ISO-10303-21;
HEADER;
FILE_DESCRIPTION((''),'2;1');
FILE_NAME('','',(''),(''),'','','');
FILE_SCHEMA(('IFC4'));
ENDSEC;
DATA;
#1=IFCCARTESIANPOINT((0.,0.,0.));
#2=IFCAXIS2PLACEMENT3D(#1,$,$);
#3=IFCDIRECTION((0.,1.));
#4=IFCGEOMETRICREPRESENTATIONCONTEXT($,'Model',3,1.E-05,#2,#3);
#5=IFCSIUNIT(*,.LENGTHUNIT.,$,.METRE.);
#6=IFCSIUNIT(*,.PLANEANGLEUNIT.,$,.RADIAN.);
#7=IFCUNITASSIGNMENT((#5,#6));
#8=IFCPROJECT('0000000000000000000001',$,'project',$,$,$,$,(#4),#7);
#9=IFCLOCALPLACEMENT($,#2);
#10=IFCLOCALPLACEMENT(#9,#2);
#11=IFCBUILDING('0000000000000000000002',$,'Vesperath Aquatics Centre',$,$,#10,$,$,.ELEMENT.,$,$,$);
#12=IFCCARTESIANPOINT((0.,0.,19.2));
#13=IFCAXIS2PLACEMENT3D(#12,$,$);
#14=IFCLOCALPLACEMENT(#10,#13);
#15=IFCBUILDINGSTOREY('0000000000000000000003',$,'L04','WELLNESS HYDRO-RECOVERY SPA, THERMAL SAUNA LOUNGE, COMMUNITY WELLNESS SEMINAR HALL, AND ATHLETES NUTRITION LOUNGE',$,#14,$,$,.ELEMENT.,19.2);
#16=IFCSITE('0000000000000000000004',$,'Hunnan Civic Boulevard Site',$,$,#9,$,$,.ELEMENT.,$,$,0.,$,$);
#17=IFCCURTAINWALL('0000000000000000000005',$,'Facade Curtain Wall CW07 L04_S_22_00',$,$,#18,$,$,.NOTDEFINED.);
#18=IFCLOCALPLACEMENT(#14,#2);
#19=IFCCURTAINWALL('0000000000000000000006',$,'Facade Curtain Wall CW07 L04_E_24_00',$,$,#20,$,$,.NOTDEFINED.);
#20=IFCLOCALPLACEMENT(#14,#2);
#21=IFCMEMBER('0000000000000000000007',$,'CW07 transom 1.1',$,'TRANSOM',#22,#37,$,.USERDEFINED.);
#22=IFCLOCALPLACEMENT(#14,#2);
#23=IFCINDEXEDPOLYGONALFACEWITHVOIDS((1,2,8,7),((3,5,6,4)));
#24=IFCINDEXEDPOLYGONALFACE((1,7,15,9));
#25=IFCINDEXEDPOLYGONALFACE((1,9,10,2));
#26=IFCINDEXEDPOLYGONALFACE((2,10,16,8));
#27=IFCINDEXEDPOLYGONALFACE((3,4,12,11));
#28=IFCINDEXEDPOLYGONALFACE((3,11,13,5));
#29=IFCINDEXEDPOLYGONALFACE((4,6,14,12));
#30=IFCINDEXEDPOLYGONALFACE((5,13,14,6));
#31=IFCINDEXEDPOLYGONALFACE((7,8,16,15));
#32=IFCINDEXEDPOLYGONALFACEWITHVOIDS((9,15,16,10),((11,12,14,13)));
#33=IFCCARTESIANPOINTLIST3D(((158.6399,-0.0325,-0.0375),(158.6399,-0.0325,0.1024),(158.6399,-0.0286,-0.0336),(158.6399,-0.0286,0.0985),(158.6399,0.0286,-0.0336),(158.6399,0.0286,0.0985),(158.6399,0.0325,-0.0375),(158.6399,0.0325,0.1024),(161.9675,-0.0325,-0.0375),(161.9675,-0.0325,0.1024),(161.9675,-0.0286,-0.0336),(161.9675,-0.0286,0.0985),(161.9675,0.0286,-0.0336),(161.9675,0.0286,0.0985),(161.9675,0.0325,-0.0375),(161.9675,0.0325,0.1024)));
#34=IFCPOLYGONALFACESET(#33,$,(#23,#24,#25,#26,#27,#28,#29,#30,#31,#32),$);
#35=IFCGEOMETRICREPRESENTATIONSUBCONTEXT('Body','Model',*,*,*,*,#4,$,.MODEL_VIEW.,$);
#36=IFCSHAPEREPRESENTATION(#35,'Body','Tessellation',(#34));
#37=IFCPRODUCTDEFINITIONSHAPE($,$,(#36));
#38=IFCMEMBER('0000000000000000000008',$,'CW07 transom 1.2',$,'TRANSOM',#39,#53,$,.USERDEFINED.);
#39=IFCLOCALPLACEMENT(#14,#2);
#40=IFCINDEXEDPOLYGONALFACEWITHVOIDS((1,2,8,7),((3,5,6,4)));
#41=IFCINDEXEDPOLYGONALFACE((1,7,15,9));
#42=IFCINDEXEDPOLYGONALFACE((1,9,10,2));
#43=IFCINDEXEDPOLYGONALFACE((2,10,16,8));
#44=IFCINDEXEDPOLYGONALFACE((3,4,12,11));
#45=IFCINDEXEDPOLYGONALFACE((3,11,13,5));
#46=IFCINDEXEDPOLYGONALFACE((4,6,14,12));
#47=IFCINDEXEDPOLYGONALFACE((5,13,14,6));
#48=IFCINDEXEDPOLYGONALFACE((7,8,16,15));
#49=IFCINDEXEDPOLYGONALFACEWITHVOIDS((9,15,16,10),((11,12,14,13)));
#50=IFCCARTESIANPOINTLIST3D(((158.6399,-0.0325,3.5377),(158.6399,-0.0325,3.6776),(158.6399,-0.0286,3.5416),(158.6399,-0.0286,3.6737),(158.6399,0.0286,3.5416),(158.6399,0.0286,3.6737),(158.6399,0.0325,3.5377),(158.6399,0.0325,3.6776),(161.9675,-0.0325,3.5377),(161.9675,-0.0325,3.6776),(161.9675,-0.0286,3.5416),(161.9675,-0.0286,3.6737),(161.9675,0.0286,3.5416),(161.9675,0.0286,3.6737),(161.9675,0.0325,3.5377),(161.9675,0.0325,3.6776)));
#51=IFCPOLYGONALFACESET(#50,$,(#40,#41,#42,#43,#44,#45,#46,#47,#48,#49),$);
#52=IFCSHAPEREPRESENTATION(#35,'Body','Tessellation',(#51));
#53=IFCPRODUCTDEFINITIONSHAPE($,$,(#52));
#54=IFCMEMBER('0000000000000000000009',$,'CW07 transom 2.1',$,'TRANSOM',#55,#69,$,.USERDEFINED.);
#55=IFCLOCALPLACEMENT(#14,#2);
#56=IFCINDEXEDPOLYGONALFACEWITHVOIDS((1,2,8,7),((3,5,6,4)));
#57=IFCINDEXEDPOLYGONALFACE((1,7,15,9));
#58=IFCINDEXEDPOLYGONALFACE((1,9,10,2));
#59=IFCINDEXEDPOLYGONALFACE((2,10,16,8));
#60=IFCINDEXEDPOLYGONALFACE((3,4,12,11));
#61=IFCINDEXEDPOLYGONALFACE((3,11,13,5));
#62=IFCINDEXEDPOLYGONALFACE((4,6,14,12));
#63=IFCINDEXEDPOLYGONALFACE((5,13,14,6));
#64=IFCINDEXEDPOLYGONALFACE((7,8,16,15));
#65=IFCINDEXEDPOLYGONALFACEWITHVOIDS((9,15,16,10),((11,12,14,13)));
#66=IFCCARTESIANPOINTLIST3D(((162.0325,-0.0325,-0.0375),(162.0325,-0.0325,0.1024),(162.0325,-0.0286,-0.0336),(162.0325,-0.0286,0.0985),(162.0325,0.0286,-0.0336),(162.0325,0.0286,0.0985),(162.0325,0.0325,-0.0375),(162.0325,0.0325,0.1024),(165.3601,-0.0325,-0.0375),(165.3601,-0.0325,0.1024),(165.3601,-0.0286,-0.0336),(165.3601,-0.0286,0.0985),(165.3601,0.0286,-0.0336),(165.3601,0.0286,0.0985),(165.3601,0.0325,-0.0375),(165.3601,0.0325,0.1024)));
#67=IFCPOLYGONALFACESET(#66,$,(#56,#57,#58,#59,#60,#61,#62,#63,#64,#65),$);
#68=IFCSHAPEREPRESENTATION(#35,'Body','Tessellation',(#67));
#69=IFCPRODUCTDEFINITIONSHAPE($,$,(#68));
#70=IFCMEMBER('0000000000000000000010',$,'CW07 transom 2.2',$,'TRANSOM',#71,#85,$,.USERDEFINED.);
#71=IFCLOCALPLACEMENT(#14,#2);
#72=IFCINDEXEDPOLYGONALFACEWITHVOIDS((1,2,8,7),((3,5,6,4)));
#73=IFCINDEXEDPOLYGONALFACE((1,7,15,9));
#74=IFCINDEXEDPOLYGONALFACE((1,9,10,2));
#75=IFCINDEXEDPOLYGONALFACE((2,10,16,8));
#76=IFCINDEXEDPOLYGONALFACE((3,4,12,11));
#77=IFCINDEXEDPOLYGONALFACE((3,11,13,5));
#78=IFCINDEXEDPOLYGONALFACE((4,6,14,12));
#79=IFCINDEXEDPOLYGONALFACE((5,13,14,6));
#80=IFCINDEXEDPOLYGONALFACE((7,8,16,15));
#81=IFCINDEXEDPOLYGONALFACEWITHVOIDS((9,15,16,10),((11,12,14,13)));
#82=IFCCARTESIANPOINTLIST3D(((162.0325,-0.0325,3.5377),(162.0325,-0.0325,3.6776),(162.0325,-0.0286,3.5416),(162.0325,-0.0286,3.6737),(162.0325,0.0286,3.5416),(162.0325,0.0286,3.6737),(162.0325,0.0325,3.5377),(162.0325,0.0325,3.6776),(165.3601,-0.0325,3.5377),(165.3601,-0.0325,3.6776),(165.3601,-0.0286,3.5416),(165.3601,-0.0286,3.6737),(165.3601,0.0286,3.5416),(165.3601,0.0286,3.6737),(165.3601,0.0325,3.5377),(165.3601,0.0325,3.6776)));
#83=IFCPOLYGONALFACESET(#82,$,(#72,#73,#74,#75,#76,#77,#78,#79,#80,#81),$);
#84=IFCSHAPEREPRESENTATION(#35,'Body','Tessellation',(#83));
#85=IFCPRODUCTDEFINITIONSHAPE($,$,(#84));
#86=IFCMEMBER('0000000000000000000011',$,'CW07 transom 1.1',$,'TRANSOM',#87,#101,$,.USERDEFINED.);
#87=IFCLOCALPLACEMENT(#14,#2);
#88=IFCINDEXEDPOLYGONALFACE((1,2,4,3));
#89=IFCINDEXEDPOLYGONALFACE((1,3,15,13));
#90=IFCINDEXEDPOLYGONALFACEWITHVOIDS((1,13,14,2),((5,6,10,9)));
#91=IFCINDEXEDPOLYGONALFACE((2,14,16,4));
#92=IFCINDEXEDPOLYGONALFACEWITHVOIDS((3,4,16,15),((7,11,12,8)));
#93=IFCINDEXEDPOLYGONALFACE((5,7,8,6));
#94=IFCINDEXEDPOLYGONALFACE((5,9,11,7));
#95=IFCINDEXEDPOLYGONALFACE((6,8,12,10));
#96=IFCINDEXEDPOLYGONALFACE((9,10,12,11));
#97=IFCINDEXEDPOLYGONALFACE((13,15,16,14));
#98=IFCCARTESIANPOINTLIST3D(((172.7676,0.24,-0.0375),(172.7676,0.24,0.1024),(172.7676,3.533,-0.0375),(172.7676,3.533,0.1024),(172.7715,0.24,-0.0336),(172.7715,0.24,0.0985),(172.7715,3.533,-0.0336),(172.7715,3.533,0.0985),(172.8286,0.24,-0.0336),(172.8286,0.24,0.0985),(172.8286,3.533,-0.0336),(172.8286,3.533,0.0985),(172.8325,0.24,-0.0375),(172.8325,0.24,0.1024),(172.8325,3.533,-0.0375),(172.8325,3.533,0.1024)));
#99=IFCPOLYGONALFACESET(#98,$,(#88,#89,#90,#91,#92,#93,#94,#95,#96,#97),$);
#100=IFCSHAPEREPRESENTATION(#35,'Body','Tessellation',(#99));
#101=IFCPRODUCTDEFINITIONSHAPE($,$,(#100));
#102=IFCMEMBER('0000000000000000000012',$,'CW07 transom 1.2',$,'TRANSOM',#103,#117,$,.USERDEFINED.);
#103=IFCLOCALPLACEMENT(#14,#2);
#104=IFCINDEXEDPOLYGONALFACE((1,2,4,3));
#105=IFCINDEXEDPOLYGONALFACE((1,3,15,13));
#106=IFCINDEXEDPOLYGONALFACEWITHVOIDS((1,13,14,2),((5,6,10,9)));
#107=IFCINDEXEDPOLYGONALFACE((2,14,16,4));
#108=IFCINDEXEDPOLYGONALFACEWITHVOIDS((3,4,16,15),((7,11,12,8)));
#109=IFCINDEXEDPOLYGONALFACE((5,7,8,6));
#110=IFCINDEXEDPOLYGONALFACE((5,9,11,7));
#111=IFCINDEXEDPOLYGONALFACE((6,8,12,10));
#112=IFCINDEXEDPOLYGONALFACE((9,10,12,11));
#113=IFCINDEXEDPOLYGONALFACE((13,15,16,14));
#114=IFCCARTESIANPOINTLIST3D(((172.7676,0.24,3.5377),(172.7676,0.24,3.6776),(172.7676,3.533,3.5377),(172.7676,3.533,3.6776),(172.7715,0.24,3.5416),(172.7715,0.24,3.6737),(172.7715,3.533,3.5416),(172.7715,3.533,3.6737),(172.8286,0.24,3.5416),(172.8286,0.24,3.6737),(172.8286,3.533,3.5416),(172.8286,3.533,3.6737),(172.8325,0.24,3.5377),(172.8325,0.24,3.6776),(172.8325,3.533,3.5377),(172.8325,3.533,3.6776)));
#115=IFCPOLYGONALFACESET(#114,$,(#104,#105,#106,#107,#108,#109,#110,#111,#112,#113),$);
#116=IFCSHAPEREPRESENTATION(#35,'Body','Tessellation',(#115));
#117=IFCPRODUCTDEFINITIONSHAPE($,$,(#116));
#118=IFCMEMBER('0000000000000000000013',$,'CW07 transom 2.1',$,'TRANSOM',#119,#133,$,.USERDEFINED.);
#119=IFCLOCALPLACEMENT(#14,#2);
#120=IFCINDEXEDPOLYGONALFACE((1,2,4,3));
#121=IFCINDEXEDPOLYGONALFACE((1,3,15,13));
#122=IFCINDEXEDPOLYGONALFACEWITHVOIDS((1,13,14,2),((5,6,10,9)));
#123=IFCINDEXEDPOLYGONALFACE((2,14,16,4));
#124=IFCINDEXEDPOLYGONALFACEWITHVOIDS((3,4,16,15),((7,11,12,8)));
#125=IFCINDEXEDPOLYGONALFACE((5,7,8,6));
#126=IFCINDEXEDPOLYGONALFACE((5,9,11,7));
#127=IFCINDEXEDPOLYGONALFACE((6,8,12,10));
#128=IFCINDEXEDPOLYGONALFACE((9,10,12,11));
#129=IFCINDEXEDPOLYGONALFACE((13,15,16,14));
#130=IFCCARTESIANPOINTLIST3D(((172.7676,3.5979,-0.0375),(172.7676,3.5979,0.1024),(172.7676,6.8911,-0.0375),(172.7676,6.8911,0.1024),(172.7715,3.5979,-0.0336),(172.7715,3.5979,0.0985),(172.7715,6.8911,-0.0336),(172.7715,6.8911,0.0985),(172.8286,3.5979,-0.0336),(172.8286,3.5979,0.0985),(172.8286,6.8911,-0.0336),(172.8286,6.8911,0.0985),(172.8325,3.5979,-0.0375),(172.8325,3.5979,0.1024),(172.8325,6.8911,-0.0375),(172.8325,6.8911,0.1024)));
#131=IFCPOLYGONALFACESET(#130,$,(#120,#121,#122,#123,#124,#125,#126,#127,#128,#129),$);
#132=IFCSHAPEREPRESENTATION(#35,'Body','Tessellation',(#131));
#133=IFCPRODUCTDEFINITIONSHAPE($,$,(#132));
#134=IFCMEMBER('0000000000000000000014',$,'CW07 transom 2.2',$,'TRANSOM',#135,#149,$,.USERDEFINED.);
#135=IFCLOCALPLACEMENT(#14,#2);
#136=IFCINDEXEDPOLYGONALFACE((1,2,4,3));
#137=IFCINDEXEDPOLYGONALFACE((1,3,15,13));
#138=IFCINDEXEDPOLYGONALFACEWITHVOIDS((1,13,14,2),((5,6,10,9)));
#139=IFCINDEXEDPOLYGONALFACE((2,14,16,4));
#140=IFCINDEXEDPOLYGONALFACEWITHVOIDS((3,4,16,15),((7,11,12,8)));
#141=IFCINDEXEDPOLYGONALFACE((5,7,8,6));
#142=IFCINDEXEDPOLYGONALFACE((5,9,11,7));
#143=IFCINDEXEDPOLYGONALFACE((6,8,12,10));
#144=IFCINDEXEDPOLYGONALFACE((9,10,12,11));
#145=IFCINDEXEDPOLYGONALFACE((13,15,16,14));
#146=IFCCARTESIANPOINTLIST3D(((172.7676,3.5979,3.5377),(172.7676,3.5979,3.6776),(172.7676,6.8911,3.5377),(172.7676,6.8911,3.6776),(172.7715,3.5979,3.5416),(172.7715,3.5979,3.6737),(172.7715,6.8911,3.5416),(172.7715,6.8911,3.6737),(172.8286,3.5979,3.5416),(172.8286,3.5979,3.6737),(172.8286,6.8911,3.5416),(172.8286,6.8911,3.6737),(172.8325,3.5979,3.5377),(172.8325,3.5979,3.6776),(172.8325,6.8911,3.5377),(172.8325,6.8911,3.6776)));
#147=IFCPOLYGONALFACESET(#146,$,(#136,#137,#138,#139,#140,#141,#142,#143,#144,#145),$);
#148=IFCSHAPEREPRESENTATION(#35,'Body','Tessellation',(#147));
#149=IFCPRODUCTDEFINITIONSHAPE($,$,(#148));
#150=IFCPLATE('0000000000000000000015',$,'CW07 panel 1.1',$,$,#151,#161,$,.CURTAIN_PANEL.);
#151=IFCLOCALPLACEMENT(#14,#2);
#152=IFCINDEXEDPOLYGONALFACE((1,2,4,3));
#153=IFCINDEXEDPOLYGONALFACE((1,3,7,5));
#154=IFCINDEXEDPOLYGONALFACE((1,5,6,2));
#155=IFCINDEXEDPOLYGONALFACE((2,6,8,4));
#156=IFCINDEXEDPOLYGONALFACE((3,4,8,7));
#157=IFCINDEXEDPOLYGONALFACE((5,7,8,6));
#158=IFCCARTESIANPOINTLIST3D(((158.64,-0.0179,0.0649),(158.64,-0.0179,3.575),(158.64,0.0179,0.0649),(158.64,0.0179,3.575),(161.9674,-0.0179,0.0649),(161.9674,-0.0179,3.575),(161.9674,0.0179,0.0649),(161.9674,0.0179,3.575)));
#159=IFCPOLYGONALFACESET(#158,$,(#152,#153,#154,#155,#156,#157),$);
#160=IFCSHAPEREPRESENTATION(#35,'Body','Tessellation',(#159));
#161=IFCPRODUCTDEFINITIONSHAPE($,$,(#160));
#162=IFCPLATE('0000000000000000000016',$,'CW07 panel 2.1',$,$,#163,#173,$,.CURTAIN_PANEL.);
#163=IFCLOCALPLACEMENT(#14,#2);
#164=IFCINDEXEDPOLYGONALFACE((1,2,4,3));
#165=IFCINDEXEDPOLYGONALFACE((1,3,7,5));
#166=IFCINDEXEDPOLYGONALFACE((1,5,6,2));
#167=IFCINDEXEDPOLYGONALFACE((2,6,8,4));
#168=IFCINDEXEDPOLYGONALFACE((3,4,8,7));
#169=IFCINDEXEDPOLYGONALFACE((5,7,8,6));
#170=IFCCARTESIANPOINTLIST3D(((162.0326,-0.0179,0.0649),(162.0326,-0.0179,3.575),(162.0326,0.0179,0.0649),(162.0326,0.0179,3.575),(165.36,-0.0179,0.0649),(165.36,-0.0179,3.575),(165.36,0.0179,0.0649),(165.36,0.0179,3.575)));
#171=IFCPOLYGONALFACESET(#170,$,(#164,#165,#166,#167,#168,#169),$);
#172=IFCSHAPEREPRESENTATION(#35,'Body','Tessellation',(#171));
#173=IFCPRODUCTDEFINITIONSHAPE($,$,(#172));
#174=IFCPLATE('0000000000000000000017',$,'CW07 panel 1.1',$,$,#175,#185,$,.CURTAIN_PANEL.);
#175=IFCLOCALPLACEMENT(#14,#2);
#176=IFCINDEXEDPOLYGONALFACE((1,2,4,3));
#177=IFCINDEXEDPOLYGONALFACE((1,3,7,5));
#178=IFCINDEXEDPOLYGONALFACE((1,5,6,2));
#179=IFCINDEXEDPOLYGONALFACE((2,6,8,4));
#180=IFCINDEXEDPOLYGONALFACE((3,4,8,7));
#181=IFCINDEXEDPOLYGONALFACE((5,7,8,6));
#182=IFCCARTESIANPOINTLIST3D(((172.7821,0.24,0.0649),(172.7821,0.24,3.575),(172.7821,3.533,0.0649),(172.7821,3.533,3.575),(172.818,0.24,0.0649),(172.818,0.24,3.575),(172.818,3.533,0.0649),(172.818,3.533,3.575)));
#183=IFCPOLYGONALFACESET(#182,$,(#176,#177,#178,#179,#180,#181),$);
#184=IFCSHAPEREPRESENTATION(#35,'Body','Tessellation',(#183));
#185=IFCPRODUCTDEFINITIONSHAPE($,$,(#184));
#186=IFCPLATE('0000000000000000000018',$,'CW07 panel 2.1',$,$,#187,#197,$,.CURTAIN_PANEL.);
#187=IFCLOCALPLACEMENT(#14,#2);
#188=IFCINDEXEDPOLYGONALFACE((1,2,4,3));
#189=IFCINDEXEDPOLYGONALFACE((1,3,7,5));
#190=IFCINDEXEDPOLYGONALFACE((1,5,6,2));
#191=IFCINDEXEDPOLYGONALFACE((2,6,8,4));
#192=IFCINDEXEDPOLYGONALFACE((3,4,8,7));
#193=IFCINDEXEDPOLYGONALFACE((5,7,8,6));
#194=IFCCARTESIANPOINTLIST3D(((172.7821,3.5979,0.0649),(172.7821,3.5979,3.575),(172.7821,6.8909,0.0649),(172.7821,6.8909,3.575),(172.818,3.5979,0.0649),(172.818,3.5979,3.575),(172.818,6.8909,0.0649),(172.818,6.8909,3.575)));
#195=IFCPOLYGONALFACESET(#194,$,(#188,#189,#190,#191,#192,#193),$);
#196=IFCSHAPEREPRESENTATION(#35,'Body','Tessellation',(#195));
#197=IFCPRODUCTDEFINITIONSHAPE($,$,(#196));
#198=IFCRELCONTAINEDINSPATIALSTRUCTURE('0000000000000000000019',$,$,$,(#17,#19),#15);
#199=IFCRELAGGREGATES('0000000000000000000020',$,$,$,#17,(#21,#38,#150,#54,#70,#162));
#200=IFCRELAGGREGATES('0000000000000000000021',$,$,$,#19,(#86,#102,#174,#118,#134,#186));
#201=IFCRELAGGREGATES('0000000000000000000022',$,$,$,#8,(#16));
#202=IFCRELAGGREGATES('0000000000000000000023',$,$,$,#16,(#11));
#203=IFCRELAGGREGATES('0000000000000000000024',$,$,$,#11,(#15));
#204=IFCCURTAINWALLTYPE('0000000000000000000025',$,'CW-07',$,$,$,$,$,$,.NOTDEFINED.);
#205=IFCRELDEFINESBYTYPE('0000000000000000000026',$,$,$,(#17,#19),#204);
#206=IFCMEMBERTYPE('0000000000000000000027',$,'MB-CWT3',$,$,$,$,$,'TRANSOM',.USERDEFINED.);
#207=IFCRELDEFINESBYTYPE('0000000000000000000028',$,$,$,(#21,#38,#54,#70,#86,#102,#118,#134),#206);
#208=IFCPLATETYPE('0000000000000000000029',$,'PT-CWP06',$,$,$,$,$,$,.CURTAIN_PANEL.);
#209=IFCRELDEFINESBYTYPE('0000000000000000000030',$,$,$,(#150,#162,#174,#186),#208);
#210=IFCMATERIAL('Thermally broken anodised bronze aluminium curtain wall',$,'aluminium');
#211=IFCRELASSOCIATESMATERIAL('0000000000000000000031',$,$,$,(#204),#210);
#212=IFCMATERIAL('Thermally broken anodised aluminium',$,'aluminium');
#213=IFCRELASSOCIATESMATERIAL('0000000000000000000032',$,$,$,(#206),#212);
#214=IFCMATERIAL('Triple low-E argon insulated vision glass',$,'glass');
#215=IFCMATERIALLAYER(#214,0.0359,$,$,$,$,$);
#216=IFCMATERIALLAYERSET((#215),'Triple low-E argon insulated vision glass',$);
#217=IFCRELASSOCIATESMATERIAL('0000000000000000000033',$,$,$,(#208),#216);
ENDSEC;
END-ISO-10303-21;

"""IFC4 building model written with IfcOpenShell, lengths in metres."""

from ifc_helpers import new_model, si_unit, direction, frame, origin, origin_2d, place, context, subcontext, project, spatial, rectangle, hollow_rectangle, extrude, material, layer, layer_set, material_profile, profile_set, type_object, element, aggregate, save


model = new_model("IFC4")

# Units and contexts
model_context = context("Model", 3, precision=1e-05, world=origin(), true_north=direction((0.0, 1.0)))
body_context = subcontext(model_context, "Body", "Model", "MODEL_VIEW")
ifc_project = project(units=[si_unit("LENGTHUNIT", "METRE"), si_unit("PLANEANGLEUNIT", "RADIAN")], contexts=[model_context])

# Site, building, storey
site_placement = place(None, origin())
site = spatial("IfcSite", under=ifc_project, at=site_placement, Name="Hunnan Civic Boulevard Site", CompositionType="ELEMENT", RefElevation=0.0)
building_placement = place(site_placement, origin())
building = spatial("IfcBuilding", under=site, at=building_placement, Name="Vesperath Aquatics Centre", CompositionType="ELEMENT")
storey_placement = place(building_placement, frame((0.0, 0.0, 19.2)))
storey = spatial("IfcBuildingStorey", under=building, at=storey_placement, Name="L04", Description="WELLNESS HYDRO-RECOVERY SPA, THERMAL SAUNA LOUNGE, COMMUNITY WELLNESS SEMINAR HALL, AND ATHLETES NUTRITION LOUNGE", CompositionType="ELEMENT", Elevation=19.2)

# Curtain walls
ifc_material_1 = material(Name="Thermally broken anodised bronze aluminium curtain wall", Category="aluminium")
curtain_wall_type = type_object("IfcCurtainWallType", Name="CW-07", PredefinedType="NOTDEFINED", material=ifc_material_1)
curtain_wall_1_placement = place(storey_placement, origin())
curtain_wall_1 = element("IfcCurtainWall", 1, at=curtain_wall_1_placement, inside=storey, type_object=curtain_wall_type, Name="Facade Curtain Wall CW07 L04_S_22_00", PredefinedType="NOTDEFINED")
ifc_material_2 = material(Name="Thermally broken anodised aluminium", Category="aluminium")
curtain_wall_2_placement = place(storey_placement, origin())
curtain_wall_2 = element("IfcCurtainWall", 2, at=curtain_wall_2_placement, inside=storey, type_object=curtain_wall_type, Name="Facade Curtain Wall CW07 L04_E_24_00", PredefinedType="NOTDEFINED")

# Members
ifc_material_profile_1 = material_profile(ifc_material_2, hollow_rectangle(XDim=0.0649, YDim=0.1399, WallThickness=0.0039, at=origin_2d()), Name="CWT 65x140x4")
ifc_profile_set_1 = profile_set([ifc_material_profile_1], Name="Thermally broken anodised aluminium")
member_type_1 = type_object("IfcMemberType", Name="MB-CWT3", ElementType="TRANSOM", PredefinedType="USERDEFINED", material=ifc_profile_set_1)
member_1_placement = place(storey_placement, frame((158.6399, 0.0, 0.0325), z_axis=(1.0, 0.0, 0.0), x_axis=(0.0, 1.0, 0.0)))
member_1 = element("IfcMember", 3, at=member_1_placement, type_object=member_type_1, Name="CW07 transom 1.1", ObjectType="TRANSOM", PredefinedType="USERDEFINED", context=body_context, shape_type="SweptSolid", body=[
    extrude(hollow_rectangle(XDim=0.0649, YDim=0.1399, WallThickness=0.0039, at=origin_2d()), origin(), (0.0, 0.0, 1.0), 3.3276),
])
member_2_placement = place(storey_placement, frame((158.6399, 0.0, 3.6077), z_axis=(1.0, 0.0, 0.0), x_axis=(0.0, 1.0, 0.0)))
member_2 = element("IfcMember", 4, at=member_2_placement, type_object=member_type_1, Name="CW07 transom 1.2", ObjectType="TRANSOM", PredefinedType="USERDEFINED", context=body_context, shape_type="SweptSolid", body=[
    extrude(hollow_rectangle(XDim=0.0649, YDim=0.1399, WallThickness=0.0039, at=origin_2d()), origin(), (0.0, 0.0, 1.0), 3.3276),
])
member_3_placement = place(storey_placement, frame((162.0325, 0.0, 0.0325), z_axis=(1.0, 0.0, 0.0), x_axis=(0.0, 1.0, 0.0)))
member_3 = element("IfcMember", 5, at=member_3_placement, type_object=member_type_1, Name="CW07 transom 2.1", ObjectType="TRANSOM", PredefinedType="USERDEFINED", context=body_context, shape_type="SweptSolid", body=[
    extrude(hollow_rectangle(XDim=0.0649, YDim=0.1399, WallThickness=0.0039, at=origin_2d()), origin(), (0.0, 0.0, 1.0), 3.3276),
])
member_4_placement = place(storey_placement, frame((162.0325, 0.0, 3.6077), z_axis=(1.0, 0.0, 0.0), x_axis=(0.0, 1.0, 0.0)))
member_4 = element("IfcMember", 6, at=member_4_placement, type_object=member_type_1, Name="CW07 transom 2.2", ObjectType="TRANSOM", PredefinedType="USERDEFINED", context=body_context, shape_type="SweptSolid", body=[
    extrude(hollow_rectangle(XDim=0.0649, YDim=0.1399, WallThickness=0.0039, at=origin_2d()), origin(), (0.0, 0.0, 1.0), 3.3276),
])
member_5_placement = place(storey_placement, frame((172.8, 0.24, 0.0325), z_axis=(0.0, 1.0, 0.0), x_axis=(-1.0, 0.0, 0.0)))
member_5 = element("IfcMember", 7, at=member_5_placement, type_object=member_type_1, Name="CW07 transom 1.1", ObjectType="TRANSOM", PredefinedType="USERDEFINED", context=body_context, shape_type="SweptSolid", body=[
    extrude(hollow_rectangle(XDim=0.0649, YDim=0.1399, WallThickness=0.0039, at=origin_2d()), origin(), (0.0, 0.0, 1.0), 3.293),
])
member_6_placement = place(storey_placement, frame((172.8, 0.24, 3.6077), z_axis=(0.0, 1.0, 0.0), x_axis=(-1.0, 0.0, 0.0)))
member_6 = element("IfcMember", 8, at=member_6_placement, type_object=member_type_1, Name="CW07 transom 1.2", ObjectType="TRANSOM", PredefinedType="USERDEFINED", context=body_context, shape_type="SweptSolid", body=[
    extrude(hollow_rectangle(XDim=0.0649, YDim=0.1399, WallThickness=0.0039, at=origin_2d()), origin(), (0.0, 0.0, 1.0), 3.293),
])
member_7_placement = place(storey_placement, frame((172.8, 3.5979, 0.0325), z_axis=(0.0, 1.0, 0.0), x_axis=(-1.0, 0.0, 0.0)))
member_7 = element("IfcMember", 9, at=member_7_placement, type_object=member_type_1, Name="CW07 transom 2.1", ObjectType="TRANSOM", PredefinedType="USERDEFINED", context=body_context, shape_type="SweptSolid", body=[
    extrude(hollow_rectangle(XDim=0.0649, YDim=0.1399, WallThickness=0.0039, at=origin_2d()), origin(), (0.0, 0.0, 1.0), 3.2932),
])
member_8_placement = place(storey_placement, frame((172.8, 3.5979, 3.6077), z_axis=(0.0, 1.0, 0.0), x_axis=(-1.0, 0.0, 0.0)))
member_8 = element("IfcMember", 10, at=member_8_placement, type_object=member_type_1, Name="CW07 transom 2.2", ObjectType="TRANSOM", PredefinedType="USERDEFINED", context=body_context, shape_type="SweptSolid", body=[
    extrude(hollow_rectangle(XDim=0.0649, YDim=0.1399, WallThickness=0.0039, at=origin_2d()), origin(), (0.0, 0.0, 1.0), 3.2932),
])

# Plates
ifc_material_3 = material(Name="Triple low-E argon insulated vision glass", Category="glass")
ifc_layer_1 = layer(ifc_material_3, 0.0359)
ifc_layer_set_1 = layer_set([ifc_layer_1], Name="Triple low-E argon insulated vision glass")
plate_type = type_object("IfcPlateType", Name="PT-CWP06", PredefinedType="CURTAIN_PANEL", material=ifc_layer_set_1)
plate_1_placement = place(storey_placement, frame((160.3037, 0.0, 0.0649), z_axis=(0.0, 0.0, 1.0), x_axis=(1.0, 0.0, 0.0)))
plate_1 = element("IfcPlate", 11, at=plate_1_placement, type_object=plate_type, Name="CW07 panel 1.1", PredefinedType="CURTAIN_PANEL", context=body_context, shape_type="SweptSolid", body=[
    extrude(rectangle(XDim=3.3274, YDim=0.0359, at=origin_2d()), origin(), (0.0, 0.0, 1.0), 3.51),
])
plate_2_placement = place(storey_placement, frame((163.6963, 0.0, 0.0649), z_axis=(0.0, 0.0, 1.0), x_axis=(1.0, 0.0, 0.0)))
plate_2 = element("IfcPlate", 12, at=plate_2_placement, type_object=plate_type, Name="CW07 panel 2.1", PredefinedType="CURTAIN_PANEL", context=body_context, shape_type="SweptSolid", body=[
    extrude(rectangle(XDim=3.3274, YDim=0.0359, at=origin_2d()), origin(), (0.0, 0.0, 1.0), 3.51),
])
aggregate(curtain_wall_1, [member_1, member_2, plate_1, member_3, member_4, plate_2])
plate_3_placement = place(storey_placement, frame((172.8, 1.8865, 0.0649), z_axis=(0.0, 0.0, 1.0), x_axis=(0.0, 1.0, 0.0)))
plate_3 = element("IfcPlate", 13, at=plate_3_placement, type_object=plate_type, Name="CW07 panel 1.1", PredefinedType="CURTAIN_PANEL", context=body_context, shape_type="SweptSolid", body=[
    extrude(rectangle(XDim=3.293, YDim=0.0359, at=origin_2d()), origin(), (0.0, 0.0, 1.0), 3.51),
])
plate_4_placement = place(storey_placement, frame((172.8, 5.2444, 0.0649), z_axis=(0.0, 0.0, 1.0), x_axis=(0.0, 1.0, 0.0)))
plate_4 = element("IfcPlate", 14, at=plate_4_placement, type_object=plate_type, Name="CW07 panel 2.1", PredefinedType="CURTAIN_PANEL", context=body_context, shape_type="SweptSolid", body=[
    extrude(rectangle(XDim=3.293, YDim=0.0359, at=origin_2d()), origin(), (0.0, 0.0, 1.0), 3.51),
])
aggregate(curtain_wall_2, [member_5, member_6, plate_3, member_7, member_8, plate_4])

save(model, "model.ifc")
